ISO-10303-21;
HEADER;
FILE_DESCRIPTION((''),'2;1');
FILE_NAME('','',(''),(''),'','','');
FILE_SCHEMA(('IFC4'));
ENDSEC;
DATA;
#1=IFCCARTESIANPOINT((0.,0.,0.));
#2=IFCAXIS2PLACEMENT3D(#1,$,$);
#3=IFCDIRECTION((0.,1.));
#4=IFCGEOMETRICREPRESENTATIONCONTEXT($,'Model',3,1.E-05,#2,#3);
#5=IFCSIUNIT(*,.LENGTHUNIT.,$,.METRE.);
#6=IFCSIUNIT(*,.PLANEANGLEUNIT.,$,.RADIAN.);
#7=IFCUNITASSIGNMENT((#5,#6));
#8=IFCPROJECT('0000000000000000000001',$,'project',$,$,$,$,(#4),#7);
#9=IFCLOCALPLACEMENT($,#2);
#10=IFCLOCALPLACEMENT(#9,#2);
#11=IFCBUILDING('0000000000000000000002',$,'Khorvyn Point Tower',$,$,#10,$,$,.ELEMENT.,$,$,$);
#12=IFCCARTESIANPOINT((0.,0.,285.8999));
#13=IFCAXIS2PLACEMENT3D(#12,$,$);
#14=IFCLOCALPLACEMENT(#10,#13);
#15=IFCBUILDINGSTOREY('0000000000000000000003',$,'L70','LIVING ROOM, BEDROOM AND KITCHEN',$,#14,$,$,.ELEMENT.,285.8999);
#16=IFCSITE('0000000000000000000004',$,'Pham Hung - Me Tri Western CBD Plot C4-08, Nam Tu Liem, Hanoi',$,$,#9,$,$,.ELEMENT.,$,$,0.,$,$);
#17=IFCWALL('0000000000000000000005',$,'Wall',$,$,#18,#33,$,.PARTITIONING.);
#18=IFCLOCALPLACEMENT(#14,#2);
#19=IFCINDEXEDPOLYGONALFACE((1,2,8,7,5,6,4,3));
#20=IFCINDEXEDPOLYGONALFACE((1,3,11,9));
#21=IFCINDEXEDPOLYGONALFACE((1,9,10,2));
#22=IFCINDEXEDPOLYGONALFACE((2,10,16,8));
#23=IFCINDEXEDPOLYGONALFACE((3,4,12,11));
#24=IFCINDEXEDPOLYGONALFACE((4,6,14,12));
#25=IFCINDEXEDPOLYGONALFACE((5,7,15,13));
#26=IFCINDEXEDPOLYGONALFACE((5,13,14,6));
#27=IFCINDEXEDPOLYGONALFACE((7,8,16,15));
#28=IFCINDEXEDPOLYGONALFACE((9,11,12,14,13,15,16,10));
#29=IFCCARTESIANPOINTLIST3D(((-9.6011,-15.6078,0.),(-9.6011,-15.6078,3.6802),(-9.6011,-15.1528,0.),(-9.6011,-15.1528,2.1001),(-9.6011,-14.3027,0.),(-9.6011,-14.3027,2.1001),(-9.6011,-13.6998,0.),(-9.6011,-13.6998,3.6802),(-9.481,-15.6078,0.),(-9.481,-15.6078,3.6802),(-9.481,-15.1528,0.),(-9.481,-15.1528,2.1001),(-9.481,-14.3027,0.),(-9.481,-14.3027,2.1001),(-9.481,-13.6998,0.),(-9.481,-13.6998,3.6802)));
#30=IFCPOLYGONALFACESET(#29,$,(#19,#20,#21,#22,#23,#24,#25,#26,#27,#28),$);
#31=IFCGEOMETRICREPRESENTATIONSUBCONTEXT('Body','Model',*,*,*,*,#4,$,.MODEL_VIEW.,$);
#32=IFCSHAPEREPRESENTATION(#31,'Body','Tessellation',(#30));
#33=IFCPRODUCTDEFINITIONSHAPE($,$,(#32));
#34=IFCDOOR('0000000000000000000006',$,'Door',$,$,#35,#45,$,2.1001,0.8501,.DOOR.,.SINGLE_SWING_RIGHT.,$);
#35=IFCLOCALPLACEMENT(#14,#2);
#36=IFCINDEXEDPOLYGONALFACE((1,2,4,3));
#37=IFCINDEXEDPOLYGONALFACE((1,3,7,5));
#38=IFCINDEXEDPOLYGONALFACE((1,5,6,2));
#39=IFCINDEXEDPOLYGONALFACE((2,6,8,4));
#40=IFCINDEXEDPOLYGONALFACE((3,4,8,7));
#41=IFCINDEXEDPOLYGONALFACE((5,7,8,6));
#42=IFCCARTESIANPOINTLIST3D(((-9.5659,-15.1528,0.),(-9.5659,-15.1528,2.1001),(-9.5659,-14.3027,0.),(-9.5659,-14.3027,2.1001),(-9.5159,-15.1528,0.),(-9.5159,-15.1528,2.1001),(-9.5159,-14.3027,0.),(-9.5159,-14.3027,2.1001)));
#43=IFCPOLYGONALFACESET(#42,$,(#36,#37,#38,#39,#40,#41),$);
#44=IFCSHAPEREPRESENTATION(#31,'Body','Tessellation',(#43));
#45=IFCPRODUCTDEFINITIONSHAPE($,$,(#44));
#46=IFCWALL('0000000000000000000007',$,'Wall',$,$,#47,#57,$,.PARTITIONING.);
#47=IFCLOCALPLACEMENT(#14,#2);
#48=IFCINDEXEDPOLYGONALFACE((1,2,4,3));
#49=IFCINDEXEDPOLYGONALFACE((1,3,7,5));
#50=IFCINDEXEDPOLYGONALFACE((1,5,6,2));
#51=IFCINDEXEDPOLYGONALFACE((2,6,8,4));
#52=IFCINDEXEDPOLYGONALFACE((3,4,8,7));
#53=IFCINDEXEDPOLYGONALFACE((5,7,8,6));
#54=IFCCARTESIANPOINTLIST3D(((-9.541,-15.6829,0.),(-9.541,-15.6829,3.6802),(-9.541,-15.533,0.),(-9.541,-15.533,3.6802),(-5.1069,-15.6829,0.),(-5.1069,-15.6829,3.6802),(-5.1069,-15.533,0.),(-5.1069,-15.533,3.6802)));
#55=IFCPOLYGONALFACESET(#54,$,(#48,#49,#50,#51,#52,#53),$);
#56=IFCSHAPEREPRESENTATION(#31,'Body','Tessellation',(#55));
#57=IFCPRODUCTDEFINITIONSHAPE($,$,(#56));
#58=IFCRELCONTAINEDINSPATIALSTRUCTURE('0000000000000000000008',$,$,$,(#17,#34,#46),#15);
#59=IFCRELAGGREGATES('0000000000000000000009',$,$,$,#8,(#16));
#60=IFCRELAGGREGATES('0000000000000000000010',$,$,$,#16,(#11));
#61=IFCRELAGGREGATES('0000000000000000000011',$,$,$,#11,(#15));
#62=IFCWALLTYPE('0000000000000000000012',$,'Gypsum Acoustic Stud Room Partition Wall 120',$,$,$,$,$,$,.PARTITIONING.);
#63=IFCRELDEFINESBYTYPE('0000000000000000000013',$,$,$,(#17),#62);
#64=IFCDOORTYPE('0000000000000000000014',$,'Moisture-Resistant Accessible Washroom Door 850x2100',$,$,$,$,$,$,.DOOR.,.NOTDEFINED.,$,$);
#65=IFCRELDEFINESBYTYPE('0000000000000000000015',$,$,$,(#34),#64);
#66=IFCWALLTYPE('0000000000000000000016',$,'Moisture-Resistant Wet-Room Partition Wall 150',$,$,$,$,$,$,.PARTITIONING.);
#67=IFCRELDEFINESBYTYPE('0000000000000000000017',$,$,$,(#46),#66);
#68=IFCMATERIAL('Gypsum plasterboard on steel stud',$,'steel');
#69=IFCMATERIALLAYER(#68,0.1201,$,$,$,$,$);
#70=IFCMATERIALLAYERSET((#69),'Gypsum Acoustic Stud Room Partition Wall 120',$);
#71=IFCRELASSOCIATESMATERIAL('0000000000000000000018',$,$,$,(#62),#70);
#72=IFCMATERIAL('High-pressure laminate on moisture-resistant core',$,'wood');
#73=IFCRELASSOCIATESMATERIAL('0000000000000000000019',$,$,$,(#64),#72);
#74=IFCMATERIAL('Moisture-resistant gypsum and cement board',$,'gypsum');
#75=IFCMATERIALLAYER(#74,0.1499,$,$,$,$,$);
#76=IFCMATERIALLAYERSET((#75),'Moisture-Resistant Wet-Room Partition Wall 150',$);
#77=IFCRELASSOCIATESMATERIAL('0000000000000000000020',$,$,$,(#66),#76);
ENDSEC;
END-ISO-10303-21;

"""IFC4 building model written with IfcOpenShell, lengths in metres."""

from ifc_helpers import new_model, si_unit, direction, frame, frame_2d, origin, place, context, subcontext, project, spatial, rectangle, extrude, material, layer, layer_set, type_object, element, fill, save


model = new_model("IFC4")

# Units and contexts
model_context = context("Model", 3, precision=1e-05, world=origin(), true_north=direction((0.0, 1.0)))
body_context = subcontext(model_context, "Body", "Model", "MODEL_VIEW")
ifc_project = project(units=[si_unit("LENGTHUNIT", "METRE"), si_unit("PLANEANGLEUNIT", "RADIAN")], contexts=[model_context])

# Site, building, storey
site_placement = place(None, origin())
site = spatial("IfcSite", under=ifc_project, at=site_placement, Name="Pham Hung - Me Tri Western CBD Plot C4-08, Nam Tu Liem, Hanoi", CompositionType="ELEMENT", RefElevation=0.0)
building_placement = place(site_placement, origin())
building = spatial("IfcBuilding", under=site, at=building_placement, Name="Khorvyn Point Tower", CompositionType="ELEMENT")
storey_placement = place(building_placement, frame((0.0, 0.0, 285.8999)))
storey = spatial("IfcBuildingStorey", under=building, at=storey_placement, Name="L70", Description="LIVING ROOM, BEDROOM AND KITCHEN", CompositionType="ELEMENT", Elevation=285.8999)

# Wall, opening, door
ifc_material_1 = material(Name="Gypsum plasterboard on steel stud", Category="steel")
ifc_layer_1 = layer(ifc_material_1, 0.1201)
ifc_layer_set_1 = layer_set([ifc_layer_1], Name="Gypsum Acoustic Stud Room Partition Wall 120")
wall_type_1 = type_object("IfcWallType", Name="Gypsum Acoustic Stud Room Partition Wall 120", PredefinedType="PARTITIONING", material=ifc_layer_set_1)
wall_1_placement = place(storey_placement, frame((-9.541, -15.6079, 0.0), z_axis=(0.0, 0.0, 1.0), x_axis=(0.0, 1.0, 0.0)))
wall_1 = element("IfcWall", 1, at=wall_1_placement, inside=storey, type_object=wall_type_1, Name="Wall", PredefinedType="PARTITIONING", context=body_context, shape_type="SweptSolid", body=[
    extrude(rectangle(XDim=1.908, YDim=0.1201, at=frame_2d((0.9541, 0.0))), origin(), (0.0, 0.0, 1.0), 3.6802),
])
opening_1_placement = place(wall_1_placement, frame((0.4551, 0.0, 0.0)))
opening_1 = element("IfcOpeningElement", 2, at=opening_1_placement, cuts=wall_1, PredefinedType="OPENING", context=body_context, shape_type="SweptSolid", body=[
    extrude(rectangle(XDim=0.8501, YDim=2.1001, at=frame_2d((0.425, 1.05))), frame((0.0, 0.0701, 0.0), z_axis=(0.0, -1.0, 0.0), x_axis=(1.0, 0.0, 0.0)), (0.0, 0.0, 1.0), 0.1401),
])
ifc_material_2 = material(Name="High-pressure laminate on moisture-resistant core", Category="wood")
door_type_1 = type_object("IfcDoorType", Name="Moisture-Resistant Accessible Washroom Door 850x2100", OperationType="NOTDEFINED", PredefinedType="DOOR", material=ifc_material_2)
door_1_placement = place(opening_1_placement, origin())
door_1 = element("IfcDoor", 3, at=door_1_placement, inside=storey, type_object=door_type_1, Name="Door", OperationType="SINGLE_SWING_RIGHT", OverallHeight=2.1001, OverallWidth=0.8501, PredefinedType="DOOR", context=body_context, shape_type="SweptSolid", body=[
    extrude(rectangle(XDim=0.8501, YDim=2.1001, at=frame_2d((0.425, 1.05))), frame((0.0, 0.0249, 0.0), z_axis=(0.0, -1.0, 0.0), x_axis=(1.0, 0.0, 0.0)), (0.0, 0.0, 1.0), 0.05),
])
fill(opening_1, door_1)

# Wall
ifc_material_3 = material(Name="Moisture-resistant gypsum and cement board", Category="gypsum")
ifc_layer_2 = layer(ifc_material_3, 0.1499)
ifc_layer_set_2 = layer_set([ifc_layer_2], Name="Moisture-Resistant Wet-Room Partition Wall 150")
wall_type_2 = type_object("IfcWallType", Name="Moisture-Resistant Wet-Room Partition Wall 150", PredefinedType="PARTITIONING", material=ifc_layer_set_2)
wall_2_placement = place(storey_placement, frame((-9.541, -15.6079, 0.0), z_axis=(0.0, 0.0, 1.0), x_axis=(1.0, 0.0, 0.0)))
element("IfcWall", 4, at=wall_2_placement, inside=storey, type_object=wall_type_2, Name="Wall", PredefinedType="PARTITIONING", context=body_context, shape_type="SweptSolid", body=[
    extrude(rectangle(XDim=4.4341, YDim=0.1499, at=frame_2d((2.217, 0.0))), origin(), (0.0, 0.0, 1.0), 3.6802),
])

save(model, "model.ifc")
